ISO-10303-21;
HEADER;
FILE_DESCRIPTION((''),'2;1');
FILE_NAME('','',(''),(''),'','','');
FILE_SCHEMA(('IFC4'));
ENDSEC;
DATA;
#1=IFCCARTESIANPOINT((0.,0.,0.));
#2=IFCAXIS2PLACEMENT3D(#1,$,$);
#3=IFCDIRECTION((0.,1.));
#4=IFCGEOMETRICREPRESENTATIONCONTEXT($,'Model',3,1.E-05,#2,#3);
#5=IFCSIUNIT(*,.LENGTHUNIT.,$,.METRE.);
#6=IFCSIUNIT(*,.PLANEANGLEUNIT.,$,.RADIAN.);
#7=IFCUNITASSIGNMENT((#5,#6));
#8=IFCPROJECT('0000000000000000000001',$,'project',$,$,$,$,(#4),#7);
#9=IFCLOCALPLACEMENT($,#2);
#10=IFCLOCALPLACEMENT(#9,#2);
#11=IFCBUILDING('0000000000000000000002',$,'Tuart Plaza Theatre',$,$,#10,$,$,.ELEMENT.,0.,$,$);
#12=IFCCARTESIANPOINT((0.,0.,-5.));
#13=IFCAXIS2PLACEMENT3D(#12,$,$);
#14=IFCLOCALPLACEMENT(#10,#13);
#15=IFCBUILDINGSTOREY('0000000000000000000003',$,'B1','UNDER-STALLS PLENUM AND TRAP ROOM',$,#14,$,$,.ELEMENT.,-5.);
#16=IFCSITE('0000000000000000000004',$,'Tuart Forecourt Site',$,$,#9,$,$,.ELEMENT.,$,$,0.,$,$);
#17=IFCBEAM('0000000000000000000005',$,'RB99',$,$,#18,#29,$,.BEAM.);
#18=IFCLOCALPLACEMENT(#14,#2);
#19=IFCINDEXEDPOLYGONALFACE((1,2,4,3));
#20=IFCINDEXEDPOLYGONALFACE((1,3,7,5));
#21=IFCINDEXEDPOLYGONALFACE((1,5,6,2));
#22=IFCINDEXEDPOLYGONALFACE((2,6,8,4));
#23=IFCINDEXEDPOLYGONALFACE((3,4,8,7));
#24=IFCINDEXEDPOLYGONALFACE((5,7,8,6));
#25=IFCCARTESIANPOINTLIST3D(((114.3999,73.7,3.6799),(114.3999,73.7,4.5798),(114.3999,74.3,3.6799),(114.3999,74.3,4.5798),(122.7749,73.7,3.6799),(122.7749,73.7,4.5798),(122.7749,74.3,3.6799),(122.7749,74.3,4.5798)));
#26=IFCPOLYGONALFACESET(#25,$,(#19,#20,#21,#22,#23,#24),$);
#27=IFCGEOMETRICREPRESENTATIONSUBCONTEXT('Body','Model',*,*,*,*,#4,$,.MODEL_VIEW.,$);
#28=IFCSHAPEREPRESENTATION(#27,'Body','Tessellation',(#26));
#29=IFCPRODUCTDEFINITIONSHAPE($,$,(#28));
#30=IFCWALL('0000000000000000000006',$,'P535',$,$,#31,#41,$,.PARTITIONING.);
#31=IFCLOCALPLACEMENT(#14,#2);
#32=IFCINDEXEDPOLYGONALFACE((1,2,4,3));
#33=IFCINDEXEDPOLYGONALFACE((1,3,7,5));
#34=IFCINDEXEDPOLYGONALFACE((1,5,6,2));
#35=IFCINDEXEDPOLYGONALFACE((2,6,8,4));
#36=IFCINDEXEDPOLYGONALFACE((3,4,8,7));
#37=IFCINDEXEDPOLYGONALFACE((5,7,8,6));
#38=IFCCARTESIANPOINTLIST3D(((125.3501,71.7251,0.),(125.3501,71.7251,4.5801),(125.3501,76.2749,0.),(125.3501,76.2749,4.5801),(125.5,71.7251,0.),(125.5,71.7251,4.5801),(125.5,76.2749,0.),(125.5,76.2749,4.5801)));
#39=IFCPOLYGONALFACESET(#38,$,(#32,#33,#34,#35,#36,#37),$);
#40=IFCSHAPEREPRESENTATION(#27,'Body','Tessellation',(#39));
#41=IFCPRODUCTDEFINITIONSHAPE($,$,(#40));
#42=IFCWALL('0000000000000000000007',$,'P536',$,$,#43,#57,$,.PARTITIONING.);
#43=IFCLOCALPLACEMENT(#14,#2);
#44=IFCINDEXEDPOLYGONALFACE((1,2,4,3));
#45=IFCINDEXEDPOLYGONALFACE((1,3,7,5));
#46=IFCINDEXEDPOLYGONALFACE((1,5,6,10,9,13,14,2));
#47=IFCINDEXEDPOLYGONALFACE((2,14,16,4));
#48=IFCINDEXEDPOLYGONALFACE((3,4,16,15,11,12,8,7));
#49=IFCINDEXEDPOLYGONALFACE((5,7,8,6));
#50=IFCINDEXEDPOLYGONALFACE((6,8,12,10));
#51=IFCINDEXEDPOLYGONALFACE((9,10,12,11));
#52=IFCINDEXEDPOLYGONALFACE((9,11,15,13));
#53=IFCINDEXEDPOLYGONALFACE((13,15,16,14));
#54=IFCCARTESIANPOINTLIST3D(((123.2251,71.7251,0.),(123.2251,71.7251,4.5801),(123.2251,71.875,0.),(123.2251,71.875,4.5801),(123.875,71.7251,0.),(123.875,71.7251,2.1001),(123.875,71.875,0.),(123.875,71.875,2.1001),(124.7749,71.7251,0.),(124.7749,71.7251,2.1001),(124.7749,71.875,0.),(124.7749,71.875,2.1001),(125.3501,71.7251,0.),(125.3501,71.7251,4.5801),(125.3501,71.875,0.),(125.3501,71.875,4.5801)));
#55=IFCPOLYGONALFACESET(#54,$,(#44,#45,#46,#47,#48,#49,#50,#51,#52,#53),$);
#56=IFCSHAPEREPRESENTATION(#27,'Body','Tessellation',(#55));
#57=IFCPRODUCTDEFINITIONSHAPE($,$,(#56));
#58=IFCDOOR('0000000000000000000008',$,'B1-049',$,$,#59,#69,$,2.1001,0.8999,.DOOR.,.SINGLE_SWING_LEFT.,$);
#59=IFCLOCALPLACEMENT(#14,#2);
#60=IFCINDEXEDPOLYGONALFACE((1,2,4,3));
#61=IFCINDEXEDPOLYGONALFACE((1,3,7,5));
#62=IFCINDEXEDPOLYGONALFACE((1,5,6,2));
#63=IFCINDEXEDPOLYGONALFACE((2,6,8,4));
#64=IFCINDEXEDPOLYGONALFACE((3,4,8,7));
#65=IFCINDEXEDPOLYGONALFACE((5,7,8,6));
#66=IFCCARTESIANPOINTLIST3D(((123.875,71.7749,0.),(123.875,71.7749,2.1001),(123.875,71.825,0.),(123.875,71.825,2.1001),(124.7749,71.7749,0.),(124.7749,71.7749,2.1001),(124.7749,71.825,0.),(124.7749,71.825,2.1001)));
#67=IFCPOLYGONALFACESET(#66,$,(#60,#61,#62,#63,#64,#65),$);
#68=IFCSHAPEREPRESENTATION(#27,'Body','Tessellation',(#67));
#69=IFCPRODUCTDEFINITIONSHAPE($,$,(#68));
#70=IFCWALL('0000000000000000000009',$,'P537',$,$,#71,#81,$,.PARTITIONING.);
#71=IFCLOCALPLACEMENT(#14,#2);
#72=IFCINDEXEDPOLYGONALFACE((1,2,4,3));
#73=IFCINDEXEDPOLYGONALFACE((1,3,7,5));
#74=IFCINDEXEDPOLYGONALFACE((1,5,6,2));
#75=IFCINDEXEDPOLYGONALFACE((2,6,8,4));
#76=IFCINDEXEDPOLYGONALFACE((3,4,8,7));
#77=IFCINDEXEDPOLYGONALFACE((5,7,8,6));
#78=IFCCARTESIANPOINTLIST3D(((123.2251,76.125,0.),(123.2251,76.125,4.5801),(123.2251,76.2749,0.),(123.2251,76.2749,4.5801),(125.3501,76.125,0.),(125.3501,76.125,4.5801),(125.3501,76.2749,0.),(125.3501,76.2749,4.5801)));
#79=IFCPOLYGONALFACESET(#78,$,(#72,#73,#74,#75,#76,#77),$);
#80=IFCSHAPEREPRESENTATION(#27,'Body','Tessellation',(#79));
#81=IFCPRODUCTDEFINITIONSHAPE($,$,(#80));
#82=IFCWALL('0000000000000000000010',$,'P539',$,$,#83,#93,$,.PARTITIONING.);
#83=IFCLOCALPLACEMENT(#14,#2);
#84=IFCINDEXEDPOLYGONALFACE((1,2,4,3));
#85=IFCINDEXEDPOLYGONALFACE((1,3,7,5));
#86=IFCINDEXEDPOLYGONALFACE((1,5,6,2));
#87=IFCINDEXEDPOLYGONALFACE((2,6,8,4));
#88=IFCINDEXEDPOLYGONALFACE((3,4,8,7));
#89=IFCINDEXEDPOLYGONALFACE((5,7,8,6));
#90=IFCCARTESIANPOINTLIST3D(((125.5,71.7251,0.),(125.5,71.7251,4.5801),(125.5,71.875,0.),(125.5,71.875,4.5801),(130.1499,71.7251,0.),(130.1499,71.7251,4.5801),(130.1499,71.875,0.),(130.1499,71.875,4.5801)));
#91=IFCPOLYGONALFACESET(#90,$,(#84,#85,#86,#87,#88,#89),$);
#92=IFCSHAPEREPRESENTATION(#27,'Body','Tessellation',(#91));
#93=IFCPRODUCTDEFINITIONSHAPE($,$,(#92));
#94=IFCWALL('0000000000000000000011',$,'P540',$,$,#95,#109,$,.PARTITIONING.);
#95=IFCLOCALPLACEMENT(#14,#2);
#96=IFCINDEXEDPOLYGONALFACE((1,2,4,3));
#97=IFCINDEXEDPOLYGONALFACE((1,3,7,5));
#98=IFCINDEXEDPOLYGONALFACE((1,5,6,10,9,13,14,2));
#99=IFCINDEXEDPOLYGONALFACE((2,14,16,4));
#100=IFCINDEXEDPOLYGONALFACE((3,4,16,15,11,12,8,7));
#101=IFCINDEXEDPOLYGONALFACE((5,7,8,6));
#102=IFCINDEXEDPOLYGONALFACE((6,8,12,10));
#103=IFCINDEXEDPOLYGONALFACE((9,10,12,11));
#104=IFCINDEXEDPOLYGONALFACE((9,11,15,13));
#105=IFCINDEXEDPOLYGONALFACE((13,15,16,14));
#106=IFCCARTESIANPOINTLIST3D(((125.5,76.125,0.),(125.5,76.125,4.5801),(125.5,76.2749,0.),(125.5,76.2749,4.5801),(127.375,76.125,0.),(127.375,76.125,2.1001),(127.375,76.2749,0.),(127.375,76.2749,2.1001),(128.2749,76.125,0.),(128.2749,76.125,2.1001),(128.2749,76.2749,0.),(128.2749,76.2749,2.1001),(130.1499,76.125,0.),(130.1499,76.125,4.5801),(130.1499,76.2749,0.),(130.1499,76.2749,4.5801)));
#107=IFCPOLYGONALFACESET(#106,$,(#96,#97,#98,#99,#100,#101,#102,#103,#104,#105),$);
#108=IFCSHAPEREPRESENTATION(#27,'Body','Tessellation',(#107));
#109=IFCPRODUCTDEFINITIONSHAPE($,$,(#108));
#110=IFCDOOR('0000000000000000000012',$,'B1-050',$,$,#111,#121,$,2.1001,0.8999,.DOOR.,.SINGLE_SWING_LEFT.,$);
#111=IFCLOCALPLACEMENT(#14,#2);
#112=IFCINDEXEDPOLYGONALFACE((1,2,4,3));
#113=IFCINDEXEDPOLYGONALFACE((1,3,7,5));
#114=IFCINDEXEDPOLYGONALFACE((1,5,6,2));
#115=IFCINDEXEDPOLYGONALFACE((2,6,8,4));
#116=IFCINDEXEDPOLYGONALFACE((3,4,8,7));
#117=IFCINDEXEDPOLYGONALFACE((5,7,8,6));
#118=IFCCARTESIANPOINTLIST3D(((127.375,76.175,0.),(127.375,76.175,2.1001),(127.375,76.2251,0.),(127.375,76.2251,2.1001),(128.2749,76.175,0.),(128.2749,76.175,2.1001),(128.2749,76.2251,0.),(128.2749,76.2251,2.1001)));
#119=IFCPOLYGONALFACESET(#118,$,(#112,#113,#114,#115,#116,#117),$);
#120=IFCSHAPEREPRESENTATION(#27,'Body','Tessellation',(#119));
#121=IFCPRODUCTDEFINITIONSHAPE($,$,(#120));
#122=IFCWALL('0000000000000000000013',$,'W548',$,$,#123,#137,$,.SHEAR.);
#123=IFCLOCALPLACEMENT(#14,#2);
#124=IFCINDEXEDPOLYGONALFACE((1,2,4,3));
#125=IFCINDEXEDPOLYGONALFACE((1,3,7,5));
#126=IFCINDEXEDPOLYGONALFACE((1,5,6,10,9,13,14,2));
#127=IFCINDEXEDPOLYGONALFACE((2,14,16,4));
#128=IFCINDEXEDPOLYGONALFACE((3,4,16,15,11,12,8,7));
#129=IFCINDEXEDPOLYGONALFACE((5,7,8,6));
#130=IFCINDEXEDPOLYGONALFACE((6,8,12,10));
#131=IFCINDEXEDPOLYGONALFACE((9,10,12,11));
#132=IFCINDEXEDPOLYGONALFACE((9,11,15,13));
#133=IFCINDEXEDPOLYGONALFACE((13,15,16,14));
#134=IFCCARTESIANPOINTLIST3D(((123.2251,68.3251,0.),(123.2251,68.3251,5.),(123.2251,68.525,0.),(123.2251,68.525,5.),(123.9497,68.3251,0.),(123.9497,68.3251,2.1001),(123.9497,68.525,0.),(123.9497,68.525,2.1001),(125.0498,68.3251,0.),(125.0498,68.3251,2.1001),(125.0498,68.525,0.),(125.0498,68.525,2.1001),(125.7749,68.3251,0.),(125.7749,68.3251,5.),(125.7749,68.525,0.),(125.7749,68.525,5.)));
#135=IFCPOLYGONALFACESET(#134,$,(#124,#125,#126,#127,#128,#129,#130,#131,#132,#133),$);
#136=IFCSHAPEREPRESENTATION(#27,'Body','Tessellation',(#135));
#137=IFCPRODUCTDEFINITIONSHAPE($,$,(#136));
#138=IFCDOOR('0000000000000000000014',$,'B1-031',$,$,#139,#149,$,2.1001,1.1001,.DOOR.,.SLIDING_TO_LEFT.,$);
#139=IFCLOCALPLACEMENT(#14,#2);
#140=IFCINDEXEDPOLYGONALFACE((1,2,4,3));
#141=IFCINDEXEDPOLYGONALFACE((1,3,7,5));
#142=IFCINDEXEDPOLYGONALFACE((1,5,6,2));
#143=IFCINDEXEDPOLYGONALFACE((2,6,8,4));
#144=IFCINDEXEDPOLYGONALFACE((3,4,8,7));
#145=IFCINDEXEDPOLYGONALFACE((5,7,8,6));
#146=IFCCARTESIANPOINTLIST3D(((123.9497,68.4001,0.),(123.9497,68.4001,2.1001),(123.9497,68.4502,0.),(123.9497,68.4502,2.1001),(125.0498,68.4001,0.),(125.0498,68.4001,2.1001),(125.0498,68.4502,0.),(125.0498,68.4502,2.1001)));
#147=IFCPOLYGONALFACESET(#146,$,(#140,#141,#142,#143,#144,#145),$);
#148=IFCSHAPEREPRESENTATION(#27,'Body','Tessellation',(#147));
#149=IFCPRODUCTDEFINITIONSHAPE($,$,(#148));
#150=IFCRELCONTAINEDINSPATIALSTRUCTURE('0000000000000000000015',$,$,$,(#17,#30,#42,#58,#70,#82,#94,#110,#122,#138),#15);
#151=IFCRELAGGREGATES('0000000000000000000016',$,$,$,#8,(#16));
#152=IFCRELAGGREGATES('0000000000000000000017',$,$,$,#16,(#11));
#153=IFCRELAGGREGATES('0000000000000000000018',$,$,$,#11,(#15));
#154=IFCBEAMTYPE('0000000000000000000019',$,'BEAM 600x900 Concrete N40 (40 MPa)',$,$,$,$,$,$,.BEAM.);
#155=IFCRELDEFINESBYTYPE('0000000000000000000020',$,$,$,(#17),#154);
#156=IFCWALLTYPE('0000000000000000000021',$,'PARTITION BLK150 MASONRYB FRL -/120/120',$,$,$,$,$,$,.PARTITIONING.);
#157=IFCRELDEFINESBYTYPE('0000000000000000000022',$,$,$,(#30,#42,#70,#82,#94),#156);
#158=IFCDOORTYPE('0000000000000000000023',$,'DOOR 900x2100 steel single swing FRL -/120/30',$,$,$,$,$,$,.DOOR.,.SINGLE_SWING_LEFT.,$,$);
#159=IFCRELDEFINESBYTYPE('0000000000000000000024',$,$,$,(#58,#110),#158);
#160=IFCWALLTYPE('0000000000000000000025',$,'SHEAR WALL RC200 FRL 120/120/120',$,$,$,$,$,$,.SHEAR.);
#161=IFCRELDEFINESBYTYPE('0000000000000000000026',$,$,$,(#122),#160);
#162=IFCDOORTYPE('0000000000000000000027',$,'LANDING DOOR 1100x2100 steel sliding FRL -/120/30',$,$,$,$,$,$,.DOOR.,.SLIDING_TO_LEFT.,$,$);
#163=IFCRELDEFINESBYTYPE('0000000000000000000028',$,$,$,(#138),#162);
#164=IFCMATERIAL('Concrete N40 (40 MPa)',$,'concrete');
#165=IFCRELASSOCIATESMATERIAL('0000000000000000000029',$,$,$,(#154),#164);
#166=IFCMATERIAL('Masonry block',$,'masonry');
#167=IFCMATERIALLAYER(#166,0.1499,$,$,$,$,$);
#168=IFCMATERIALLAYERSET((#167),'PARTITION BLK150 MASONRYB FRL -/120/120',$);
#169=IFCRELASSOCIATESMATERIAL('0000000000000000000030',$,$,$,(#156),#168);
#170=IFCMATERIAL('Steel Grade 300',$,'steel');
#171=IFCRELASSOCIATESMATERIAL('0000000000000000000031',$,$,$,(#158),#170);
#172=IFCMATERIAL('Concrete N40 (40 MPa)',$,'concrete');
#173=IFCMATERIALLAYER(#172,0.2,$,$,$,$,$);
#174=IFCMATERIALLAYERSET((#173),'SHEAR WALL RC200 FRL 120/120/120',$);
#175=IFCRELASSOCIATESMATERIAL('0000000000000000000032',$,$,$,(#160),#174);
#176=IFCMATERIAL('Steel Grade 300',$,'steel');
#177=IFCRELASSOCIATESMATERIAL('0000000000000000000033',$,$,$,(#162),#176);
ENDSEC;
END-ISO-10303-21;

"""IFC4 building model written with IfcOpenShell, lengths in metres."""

from ifc_helpers import new_model, si_unit, direction, frame, frame_2d, origin, origin_2d, place, context, subcontext, project, spatial, rectangle, extrude, material, layer, layer_set, material_profile, profile_set, type_object, element, fill, save


model = new_model("IFC4")

# Units and contexts
model_context = context("Model", 3, precision=1e-05, world=origin(), true_north=direction((0.0, 1.0)))
body_context = subcontext(model_context, "Body", "Model", "MODEL_VIEW")
ifc_project = project(units=[si_unit("LENGTHUNIT", "METRE"), si_unit("PLANEANGLEUNIT", "RADIAN")], contexts=[model_context])

# Site, building, storey
site_placement = place(None, origin())
site = spatial("IfcSite", under=ifc_project, at=site_placement, Name="Tuart Forecourt Site", CompositionType="ELEMENT", RefElevation=0.0)
building_placement = place(site_placement, origin())
building = spatial("IfcBuilding", under=site, at=building_placement, Name="Tuart Plaza Theatre", CompositionType="ELEMENT", ElevationOfRefHeight=0.0)
storey_placement = place(building_placement, frame((0.0, 0.0, -5.0)))
storey = spatial("IfcBuildingStorey", under=building, at=storey_placement, Name="B1", Description="UNDER-STALLS PLENUM AND TRAP ROOM", CompositionType="ELEMENT", Elevation=-5.0)

# Beam
ifc_material_1 = material(Name="Concrete N40 (40 MPa)", Category="concrete")
ifc_material_profile = material_profile(ifc_material_1, rectangle(XDim=0.6001, YDim=0.8999, at=origin_2d()), Name="BEAM 600x900 Concrete N40 (40 MPa)")
ifc_profile_set = profile_set([ifc_material_profile], Name="Concrete N40 (40 MPa)")
beam_type = type_object("IfcBeamType", Name="BEAM 600x900 Concrete N40 (40 MPa)", PredefinedType="BEAM", material=ifc_profile_set)
beam_placement = place(storey_placement, frame((114.3999, 74.0, 4.1299), z_axis=(1.0, 0.0, 0.0), x_axis=(0.0, 1.0, 0.0)))
element("IfcBeam", 1, at=beam_placement, inside=storey, type_object=beam_type, Name="RB99", PredefinedType="BEAM", context=body_context, shape_type="SweptSolid", body=[
    extrude(rectangle(XDim=0.6001, YDim=0.8999, at=origin_2d()), origin(), (0.0, 0.0, 1.0), 8.375),
])

# Wall
ifc_material_2 = material(Name="Masonry block", Category="masonry")
ifc_layer_1 = layer(ifc_material_2, 0.1499)
ifc_layer_set_1 = layer_set([ifc_layer_1], Name="PARTITION BLK150 MASONRYB FRL -/120/120")
wall_type_1 = type_object("IfcWallType", Name="PARTITION BLK150 MASONRYB FRL -/120/120", PredefinedType="PARTITIONING", material=ifc_layer_set_1)
wall_1_placement = place(storey_placement, frame((125.425, 71.7251, 0.0), z_axis=(0.0, 0.0, 1.0), x_axis=(0.0, 1.0, 0.0)))
element("IfcWall", 2, at=wall_1_placement, inside=storey, type_object=wall_type_1, Name="P535", PredefinedType="PARTITIONING", context=body_context, shape_type="SweptSolid", body=[
    extrude(rectangle(XDim=4.5498, YDim=0.1499, at=frame_2d((2.2749, 0.0))), origin(), (0.0, 0.0, 1.0), 4.5801),
])

# Wall, opening, door
wall_2_placement = place(storey_placement, frame((123.2251, 71.8, 0.0), z_axis=(0.0, 0.0, 1.0), x_axis=(1.0, 0.0, 0.0)))
wall_2 = element("IfcWall", 3, at=wall_2_placement, inside=storey, type_object=wall_type_1, Name="P536", PredefinedType="PARTITIONING", context=body_context, shape_type="SweptSolid", body=[
    extrude(rectangle(XDim=2.125, YDim=0.1499, at=frame_2d((1.0625, 0.0))), origin(), (0.0, 0.0, 1.0), 4.5801),
])
opening_1_placement = place(wall_2_placement, frame((0.6499, 0.0, 0.0)))
opening_1 = element("IfcOpeningElement", 4, at=opening_1_placement, cuts=wall_2, PredefinedType="OPENING", context=body_context, shape_type="SweptSolid", body=[
    extrude(rectangle(XDim=0.8999, YDim=2.1001, at=frame_2d((0.45, 1.05))), frame((0.0, 0.085, 0.0), z_axis=(0.0, -1.0, 0.0), x_axis=(1.0, 0.0, 0.0)), (0.0, 0.0, 1.0), 0.1699),
])
ifc_material_3 = material(Name="Steel Grade 300", Category="steel")
door_type_1 = type_object("IfcDoorType", Name="DOOR 900x2100 steel single swing FRL -/120/30", OperationType="SINGLE_SWING_LEFT", PredefinedType="DOOR", material=ifc_material_3)
door_1_placement = place(opening_1_placement, origin())
door_1 = element("IfcDoor", 5, at=door_1_placement, inside=storey, type_object=door_type_1, Name="B1-049", OperationType="SINGLE_SWING_LEFT", OverallHeight=2.1001, OverallWidth=0.8999, PredefinedType="DOOR", context=body_context, shape_type="SweptSolid", body=[
    extrude(rectangle(XDim=0.8999, YDim=2.1001, at=frame_2d((0.45, 1.05))), frame((0.0, 0.0249, 0.0), z_axis=(0.0, -1.0, 0.0), x_axis=(1.0, 0.0, 0.0)), (0.0, 0.0, 1.0), 0.05),
])
fill(opening_1, door_1)

# Walls
wall_3_placement = place(storey_placement, frame((123.2251, 76.2, 0.0), z_axis=(0.0, 0.0, 1.0), x_axis=(1.0, 0.0, 0.0)))
element("IfcWall", 6, at=wall_3_placement, inside=storey, type_object=wall_type_1, Name="P537", PredefinedType="PARTITIONING", context=body_context, shape_type="SweptSolid", body=[
    extrude(rectangle(XDim=2.125, YDim=0.1499, at=frame_2d((1.0625, 0.0))), origin(), (0.0, 0.0, 1.0), 4.5801),
])
wall_4_placement = place(storey_placement, frame((125.5, 71.8, 0.0), z_axis=(0.0, 0.0, 1.0), x_axis=(1.0, 0.0, 0.0)))
element("IfcWall", 7, at=wall_4_placement, inside=storey, type_object=wall_type_1, Name="P539", PredefinedType="PARTITIONING", context=body_context, shape_type="SweptSolid", body=[
    extrude(rectangle(XDim=4.6499, YDim=0.1499, at=frame_2d((2.325, 0.0))), origin(), (0.0, 0.0, 1.0), 4.5801),
])

# Walls, openings, doors
wall_5_placement = place(storey_placement, frame((125.5, 76.2, 0.0), z_axis=(0.0, 0.0, 1.0), x_axis=(1.0, 0.0, 0.0)))
wall_5 = element("IfcWall", 8, at=wall_5_placement, inside=storey, type_object=wall_type_1, Name="P540", PredefinedType="PARTITIONING", context=body_context, shape_type="SweptSolid", body=[
    extrude(rectangle(XDim=4.6499, YDim=0.1499, at=frame_2d((2.325, 0.0))), origin(), (0.0, 0.0, 1.0), 4.5801),
])
opening_2_placement = place(wall_5_placement, frame((1.875, 0.0, 0.0)))
opening_2 = element("IfcOpeningElement", 9, at=opening_2_placement, cuts=wall_5, PredefinedType="OPENING", context=body_context, shape_type="SweptSolid", body=[
    extrude(rectangle(XDim=0.8999, YDim=2.1001, at=frame_2d((0.45, 1.05))), frame((0.0, 0.085, 0.0), z_axis=(0.0, -1.0, 0.0), x_axis=(1.0, 0.0, 0.0)), (0.0, 0.0, 1.0), 0.1699),
])
door_2_placement = place(opening_2_placement, frame((0.8999, 0.0, 0.0), z_axis=(0.0, 0.0, 1.0), x_axis=(-1.0, 0.0, 0.0)))
door_2 = element("IfcDoor", 10, at=door_2_placement, inside=storey, type_object=door_type_1, Name="B1-050", OperationType="SINGLE_SWING_LEFT", OverallHeight=2.1001, OverallWidth=0.8999, PredefinedType="DOOR", context=body_context, shape_type="SweptSolid", body=[
    extrude(rectangle(XDim=0.8999, YDim=2.1001, at=frame_2d((0.45, 1.05))), frame((0.0, 0.0249, 0.0), z_axis=(0.0, -1.0, 0.0), x_axis=(1.0, 0.0, 0.0)), (0.0, 0.0, 1.0), 0.05),
])
fill(opening_2, door_2)
ifc_material_4 = material(Name="Concrete N40 (40 MPa)", Category="concrete")
ifc_layer_2 = layer(ifc_material_4, 0.2)
ifc_layer_set_2 = layer_set([ifc_layer_2], Name="SHEAR WALL RC200 FRL 120/120/120")
wall_type_2 = type_object("IfcWallType", Name="SHEAR WALL RC200 FRL 120/120/120", PredefinedType="SHEAR", material=ifc_layer_set_2)
wall_6_placement = place(storey_placement, frame((125.7749, 68.425, 0.0), z_axis=(0.0, 0.0, 1.0), x_axis=(-1.0, 0.0, 0.0)))
wall_6 = element("IfcWall", 11, at=wall_6_placement, inside=storey, type_object=wall_type_2, Name="W548", PredefinedType="SHEAR", context=body_context, shape_type="SweptSolid", body=[
    extrude(rectangle(XDim=2.5498, YDim=0.2, at=frame_2d((1.2749, 0.0))), origin(), (0.0, 0.0, 1.0), 5.0),
])
opening_3_placement = place(wall_6_placement, frame((0.7251, 0.0, 0.0)))
opening_3 = element("IfcOpeningElement", 12, at=opening_3_placement, cuts=wall_6, PredefinedType="OPENING", context=body_context, shape_type="SweptSolid", body=[
    extrude(rectangle(XDim=1.1001, YDim=2.1001, at=frame_2d((0.55, 1.05))), frame((0.0, 0.1099, 0.0), z_axis=(0.0, -1.0, 0.0), x_axis=(1.0, 0.0, 0.0)), (0.0, 0.0, 1.0), 0.22),
])
ifc_material_5 = material(Name="Steel Grade 300", Category="steel")
door_type_2 = type_object("IfcDoorType", Name="LANDING DOOR 1100x2100 steel sliding FRL -/120/30", OperationType="SLIDING_TO_LEFT", PredefinedType="DOOR", material=ifc_material_5)
door_3_placement = place(opening_3_placement, origin())
door_3 = element("IfcDoor", 13, at=door_3_placement, inside=storey, type_object=door_type_2, Name="B1-031", OperationType="SLIDING_TO_LEFT", OverallHeight=2.1001, OverallWidth=1.1001, PredefinedType="DOOR", context=body_context, shape_type="SweptSolid", body=[
    extrude(rectangle(XDim=1.1001, YDim=2.1001, at=frame_2d((0.55, 1.05))), frame((0.0, 0.0249, 0.0), z_axis=(0.0, -1.0, 0.0), x_axis=(1.0, 0.0, 0.0)), (0.0, 0.0, 1.0), 0.05),
])
fill(opening_3, door_3)

save(model, "model.ifc")
